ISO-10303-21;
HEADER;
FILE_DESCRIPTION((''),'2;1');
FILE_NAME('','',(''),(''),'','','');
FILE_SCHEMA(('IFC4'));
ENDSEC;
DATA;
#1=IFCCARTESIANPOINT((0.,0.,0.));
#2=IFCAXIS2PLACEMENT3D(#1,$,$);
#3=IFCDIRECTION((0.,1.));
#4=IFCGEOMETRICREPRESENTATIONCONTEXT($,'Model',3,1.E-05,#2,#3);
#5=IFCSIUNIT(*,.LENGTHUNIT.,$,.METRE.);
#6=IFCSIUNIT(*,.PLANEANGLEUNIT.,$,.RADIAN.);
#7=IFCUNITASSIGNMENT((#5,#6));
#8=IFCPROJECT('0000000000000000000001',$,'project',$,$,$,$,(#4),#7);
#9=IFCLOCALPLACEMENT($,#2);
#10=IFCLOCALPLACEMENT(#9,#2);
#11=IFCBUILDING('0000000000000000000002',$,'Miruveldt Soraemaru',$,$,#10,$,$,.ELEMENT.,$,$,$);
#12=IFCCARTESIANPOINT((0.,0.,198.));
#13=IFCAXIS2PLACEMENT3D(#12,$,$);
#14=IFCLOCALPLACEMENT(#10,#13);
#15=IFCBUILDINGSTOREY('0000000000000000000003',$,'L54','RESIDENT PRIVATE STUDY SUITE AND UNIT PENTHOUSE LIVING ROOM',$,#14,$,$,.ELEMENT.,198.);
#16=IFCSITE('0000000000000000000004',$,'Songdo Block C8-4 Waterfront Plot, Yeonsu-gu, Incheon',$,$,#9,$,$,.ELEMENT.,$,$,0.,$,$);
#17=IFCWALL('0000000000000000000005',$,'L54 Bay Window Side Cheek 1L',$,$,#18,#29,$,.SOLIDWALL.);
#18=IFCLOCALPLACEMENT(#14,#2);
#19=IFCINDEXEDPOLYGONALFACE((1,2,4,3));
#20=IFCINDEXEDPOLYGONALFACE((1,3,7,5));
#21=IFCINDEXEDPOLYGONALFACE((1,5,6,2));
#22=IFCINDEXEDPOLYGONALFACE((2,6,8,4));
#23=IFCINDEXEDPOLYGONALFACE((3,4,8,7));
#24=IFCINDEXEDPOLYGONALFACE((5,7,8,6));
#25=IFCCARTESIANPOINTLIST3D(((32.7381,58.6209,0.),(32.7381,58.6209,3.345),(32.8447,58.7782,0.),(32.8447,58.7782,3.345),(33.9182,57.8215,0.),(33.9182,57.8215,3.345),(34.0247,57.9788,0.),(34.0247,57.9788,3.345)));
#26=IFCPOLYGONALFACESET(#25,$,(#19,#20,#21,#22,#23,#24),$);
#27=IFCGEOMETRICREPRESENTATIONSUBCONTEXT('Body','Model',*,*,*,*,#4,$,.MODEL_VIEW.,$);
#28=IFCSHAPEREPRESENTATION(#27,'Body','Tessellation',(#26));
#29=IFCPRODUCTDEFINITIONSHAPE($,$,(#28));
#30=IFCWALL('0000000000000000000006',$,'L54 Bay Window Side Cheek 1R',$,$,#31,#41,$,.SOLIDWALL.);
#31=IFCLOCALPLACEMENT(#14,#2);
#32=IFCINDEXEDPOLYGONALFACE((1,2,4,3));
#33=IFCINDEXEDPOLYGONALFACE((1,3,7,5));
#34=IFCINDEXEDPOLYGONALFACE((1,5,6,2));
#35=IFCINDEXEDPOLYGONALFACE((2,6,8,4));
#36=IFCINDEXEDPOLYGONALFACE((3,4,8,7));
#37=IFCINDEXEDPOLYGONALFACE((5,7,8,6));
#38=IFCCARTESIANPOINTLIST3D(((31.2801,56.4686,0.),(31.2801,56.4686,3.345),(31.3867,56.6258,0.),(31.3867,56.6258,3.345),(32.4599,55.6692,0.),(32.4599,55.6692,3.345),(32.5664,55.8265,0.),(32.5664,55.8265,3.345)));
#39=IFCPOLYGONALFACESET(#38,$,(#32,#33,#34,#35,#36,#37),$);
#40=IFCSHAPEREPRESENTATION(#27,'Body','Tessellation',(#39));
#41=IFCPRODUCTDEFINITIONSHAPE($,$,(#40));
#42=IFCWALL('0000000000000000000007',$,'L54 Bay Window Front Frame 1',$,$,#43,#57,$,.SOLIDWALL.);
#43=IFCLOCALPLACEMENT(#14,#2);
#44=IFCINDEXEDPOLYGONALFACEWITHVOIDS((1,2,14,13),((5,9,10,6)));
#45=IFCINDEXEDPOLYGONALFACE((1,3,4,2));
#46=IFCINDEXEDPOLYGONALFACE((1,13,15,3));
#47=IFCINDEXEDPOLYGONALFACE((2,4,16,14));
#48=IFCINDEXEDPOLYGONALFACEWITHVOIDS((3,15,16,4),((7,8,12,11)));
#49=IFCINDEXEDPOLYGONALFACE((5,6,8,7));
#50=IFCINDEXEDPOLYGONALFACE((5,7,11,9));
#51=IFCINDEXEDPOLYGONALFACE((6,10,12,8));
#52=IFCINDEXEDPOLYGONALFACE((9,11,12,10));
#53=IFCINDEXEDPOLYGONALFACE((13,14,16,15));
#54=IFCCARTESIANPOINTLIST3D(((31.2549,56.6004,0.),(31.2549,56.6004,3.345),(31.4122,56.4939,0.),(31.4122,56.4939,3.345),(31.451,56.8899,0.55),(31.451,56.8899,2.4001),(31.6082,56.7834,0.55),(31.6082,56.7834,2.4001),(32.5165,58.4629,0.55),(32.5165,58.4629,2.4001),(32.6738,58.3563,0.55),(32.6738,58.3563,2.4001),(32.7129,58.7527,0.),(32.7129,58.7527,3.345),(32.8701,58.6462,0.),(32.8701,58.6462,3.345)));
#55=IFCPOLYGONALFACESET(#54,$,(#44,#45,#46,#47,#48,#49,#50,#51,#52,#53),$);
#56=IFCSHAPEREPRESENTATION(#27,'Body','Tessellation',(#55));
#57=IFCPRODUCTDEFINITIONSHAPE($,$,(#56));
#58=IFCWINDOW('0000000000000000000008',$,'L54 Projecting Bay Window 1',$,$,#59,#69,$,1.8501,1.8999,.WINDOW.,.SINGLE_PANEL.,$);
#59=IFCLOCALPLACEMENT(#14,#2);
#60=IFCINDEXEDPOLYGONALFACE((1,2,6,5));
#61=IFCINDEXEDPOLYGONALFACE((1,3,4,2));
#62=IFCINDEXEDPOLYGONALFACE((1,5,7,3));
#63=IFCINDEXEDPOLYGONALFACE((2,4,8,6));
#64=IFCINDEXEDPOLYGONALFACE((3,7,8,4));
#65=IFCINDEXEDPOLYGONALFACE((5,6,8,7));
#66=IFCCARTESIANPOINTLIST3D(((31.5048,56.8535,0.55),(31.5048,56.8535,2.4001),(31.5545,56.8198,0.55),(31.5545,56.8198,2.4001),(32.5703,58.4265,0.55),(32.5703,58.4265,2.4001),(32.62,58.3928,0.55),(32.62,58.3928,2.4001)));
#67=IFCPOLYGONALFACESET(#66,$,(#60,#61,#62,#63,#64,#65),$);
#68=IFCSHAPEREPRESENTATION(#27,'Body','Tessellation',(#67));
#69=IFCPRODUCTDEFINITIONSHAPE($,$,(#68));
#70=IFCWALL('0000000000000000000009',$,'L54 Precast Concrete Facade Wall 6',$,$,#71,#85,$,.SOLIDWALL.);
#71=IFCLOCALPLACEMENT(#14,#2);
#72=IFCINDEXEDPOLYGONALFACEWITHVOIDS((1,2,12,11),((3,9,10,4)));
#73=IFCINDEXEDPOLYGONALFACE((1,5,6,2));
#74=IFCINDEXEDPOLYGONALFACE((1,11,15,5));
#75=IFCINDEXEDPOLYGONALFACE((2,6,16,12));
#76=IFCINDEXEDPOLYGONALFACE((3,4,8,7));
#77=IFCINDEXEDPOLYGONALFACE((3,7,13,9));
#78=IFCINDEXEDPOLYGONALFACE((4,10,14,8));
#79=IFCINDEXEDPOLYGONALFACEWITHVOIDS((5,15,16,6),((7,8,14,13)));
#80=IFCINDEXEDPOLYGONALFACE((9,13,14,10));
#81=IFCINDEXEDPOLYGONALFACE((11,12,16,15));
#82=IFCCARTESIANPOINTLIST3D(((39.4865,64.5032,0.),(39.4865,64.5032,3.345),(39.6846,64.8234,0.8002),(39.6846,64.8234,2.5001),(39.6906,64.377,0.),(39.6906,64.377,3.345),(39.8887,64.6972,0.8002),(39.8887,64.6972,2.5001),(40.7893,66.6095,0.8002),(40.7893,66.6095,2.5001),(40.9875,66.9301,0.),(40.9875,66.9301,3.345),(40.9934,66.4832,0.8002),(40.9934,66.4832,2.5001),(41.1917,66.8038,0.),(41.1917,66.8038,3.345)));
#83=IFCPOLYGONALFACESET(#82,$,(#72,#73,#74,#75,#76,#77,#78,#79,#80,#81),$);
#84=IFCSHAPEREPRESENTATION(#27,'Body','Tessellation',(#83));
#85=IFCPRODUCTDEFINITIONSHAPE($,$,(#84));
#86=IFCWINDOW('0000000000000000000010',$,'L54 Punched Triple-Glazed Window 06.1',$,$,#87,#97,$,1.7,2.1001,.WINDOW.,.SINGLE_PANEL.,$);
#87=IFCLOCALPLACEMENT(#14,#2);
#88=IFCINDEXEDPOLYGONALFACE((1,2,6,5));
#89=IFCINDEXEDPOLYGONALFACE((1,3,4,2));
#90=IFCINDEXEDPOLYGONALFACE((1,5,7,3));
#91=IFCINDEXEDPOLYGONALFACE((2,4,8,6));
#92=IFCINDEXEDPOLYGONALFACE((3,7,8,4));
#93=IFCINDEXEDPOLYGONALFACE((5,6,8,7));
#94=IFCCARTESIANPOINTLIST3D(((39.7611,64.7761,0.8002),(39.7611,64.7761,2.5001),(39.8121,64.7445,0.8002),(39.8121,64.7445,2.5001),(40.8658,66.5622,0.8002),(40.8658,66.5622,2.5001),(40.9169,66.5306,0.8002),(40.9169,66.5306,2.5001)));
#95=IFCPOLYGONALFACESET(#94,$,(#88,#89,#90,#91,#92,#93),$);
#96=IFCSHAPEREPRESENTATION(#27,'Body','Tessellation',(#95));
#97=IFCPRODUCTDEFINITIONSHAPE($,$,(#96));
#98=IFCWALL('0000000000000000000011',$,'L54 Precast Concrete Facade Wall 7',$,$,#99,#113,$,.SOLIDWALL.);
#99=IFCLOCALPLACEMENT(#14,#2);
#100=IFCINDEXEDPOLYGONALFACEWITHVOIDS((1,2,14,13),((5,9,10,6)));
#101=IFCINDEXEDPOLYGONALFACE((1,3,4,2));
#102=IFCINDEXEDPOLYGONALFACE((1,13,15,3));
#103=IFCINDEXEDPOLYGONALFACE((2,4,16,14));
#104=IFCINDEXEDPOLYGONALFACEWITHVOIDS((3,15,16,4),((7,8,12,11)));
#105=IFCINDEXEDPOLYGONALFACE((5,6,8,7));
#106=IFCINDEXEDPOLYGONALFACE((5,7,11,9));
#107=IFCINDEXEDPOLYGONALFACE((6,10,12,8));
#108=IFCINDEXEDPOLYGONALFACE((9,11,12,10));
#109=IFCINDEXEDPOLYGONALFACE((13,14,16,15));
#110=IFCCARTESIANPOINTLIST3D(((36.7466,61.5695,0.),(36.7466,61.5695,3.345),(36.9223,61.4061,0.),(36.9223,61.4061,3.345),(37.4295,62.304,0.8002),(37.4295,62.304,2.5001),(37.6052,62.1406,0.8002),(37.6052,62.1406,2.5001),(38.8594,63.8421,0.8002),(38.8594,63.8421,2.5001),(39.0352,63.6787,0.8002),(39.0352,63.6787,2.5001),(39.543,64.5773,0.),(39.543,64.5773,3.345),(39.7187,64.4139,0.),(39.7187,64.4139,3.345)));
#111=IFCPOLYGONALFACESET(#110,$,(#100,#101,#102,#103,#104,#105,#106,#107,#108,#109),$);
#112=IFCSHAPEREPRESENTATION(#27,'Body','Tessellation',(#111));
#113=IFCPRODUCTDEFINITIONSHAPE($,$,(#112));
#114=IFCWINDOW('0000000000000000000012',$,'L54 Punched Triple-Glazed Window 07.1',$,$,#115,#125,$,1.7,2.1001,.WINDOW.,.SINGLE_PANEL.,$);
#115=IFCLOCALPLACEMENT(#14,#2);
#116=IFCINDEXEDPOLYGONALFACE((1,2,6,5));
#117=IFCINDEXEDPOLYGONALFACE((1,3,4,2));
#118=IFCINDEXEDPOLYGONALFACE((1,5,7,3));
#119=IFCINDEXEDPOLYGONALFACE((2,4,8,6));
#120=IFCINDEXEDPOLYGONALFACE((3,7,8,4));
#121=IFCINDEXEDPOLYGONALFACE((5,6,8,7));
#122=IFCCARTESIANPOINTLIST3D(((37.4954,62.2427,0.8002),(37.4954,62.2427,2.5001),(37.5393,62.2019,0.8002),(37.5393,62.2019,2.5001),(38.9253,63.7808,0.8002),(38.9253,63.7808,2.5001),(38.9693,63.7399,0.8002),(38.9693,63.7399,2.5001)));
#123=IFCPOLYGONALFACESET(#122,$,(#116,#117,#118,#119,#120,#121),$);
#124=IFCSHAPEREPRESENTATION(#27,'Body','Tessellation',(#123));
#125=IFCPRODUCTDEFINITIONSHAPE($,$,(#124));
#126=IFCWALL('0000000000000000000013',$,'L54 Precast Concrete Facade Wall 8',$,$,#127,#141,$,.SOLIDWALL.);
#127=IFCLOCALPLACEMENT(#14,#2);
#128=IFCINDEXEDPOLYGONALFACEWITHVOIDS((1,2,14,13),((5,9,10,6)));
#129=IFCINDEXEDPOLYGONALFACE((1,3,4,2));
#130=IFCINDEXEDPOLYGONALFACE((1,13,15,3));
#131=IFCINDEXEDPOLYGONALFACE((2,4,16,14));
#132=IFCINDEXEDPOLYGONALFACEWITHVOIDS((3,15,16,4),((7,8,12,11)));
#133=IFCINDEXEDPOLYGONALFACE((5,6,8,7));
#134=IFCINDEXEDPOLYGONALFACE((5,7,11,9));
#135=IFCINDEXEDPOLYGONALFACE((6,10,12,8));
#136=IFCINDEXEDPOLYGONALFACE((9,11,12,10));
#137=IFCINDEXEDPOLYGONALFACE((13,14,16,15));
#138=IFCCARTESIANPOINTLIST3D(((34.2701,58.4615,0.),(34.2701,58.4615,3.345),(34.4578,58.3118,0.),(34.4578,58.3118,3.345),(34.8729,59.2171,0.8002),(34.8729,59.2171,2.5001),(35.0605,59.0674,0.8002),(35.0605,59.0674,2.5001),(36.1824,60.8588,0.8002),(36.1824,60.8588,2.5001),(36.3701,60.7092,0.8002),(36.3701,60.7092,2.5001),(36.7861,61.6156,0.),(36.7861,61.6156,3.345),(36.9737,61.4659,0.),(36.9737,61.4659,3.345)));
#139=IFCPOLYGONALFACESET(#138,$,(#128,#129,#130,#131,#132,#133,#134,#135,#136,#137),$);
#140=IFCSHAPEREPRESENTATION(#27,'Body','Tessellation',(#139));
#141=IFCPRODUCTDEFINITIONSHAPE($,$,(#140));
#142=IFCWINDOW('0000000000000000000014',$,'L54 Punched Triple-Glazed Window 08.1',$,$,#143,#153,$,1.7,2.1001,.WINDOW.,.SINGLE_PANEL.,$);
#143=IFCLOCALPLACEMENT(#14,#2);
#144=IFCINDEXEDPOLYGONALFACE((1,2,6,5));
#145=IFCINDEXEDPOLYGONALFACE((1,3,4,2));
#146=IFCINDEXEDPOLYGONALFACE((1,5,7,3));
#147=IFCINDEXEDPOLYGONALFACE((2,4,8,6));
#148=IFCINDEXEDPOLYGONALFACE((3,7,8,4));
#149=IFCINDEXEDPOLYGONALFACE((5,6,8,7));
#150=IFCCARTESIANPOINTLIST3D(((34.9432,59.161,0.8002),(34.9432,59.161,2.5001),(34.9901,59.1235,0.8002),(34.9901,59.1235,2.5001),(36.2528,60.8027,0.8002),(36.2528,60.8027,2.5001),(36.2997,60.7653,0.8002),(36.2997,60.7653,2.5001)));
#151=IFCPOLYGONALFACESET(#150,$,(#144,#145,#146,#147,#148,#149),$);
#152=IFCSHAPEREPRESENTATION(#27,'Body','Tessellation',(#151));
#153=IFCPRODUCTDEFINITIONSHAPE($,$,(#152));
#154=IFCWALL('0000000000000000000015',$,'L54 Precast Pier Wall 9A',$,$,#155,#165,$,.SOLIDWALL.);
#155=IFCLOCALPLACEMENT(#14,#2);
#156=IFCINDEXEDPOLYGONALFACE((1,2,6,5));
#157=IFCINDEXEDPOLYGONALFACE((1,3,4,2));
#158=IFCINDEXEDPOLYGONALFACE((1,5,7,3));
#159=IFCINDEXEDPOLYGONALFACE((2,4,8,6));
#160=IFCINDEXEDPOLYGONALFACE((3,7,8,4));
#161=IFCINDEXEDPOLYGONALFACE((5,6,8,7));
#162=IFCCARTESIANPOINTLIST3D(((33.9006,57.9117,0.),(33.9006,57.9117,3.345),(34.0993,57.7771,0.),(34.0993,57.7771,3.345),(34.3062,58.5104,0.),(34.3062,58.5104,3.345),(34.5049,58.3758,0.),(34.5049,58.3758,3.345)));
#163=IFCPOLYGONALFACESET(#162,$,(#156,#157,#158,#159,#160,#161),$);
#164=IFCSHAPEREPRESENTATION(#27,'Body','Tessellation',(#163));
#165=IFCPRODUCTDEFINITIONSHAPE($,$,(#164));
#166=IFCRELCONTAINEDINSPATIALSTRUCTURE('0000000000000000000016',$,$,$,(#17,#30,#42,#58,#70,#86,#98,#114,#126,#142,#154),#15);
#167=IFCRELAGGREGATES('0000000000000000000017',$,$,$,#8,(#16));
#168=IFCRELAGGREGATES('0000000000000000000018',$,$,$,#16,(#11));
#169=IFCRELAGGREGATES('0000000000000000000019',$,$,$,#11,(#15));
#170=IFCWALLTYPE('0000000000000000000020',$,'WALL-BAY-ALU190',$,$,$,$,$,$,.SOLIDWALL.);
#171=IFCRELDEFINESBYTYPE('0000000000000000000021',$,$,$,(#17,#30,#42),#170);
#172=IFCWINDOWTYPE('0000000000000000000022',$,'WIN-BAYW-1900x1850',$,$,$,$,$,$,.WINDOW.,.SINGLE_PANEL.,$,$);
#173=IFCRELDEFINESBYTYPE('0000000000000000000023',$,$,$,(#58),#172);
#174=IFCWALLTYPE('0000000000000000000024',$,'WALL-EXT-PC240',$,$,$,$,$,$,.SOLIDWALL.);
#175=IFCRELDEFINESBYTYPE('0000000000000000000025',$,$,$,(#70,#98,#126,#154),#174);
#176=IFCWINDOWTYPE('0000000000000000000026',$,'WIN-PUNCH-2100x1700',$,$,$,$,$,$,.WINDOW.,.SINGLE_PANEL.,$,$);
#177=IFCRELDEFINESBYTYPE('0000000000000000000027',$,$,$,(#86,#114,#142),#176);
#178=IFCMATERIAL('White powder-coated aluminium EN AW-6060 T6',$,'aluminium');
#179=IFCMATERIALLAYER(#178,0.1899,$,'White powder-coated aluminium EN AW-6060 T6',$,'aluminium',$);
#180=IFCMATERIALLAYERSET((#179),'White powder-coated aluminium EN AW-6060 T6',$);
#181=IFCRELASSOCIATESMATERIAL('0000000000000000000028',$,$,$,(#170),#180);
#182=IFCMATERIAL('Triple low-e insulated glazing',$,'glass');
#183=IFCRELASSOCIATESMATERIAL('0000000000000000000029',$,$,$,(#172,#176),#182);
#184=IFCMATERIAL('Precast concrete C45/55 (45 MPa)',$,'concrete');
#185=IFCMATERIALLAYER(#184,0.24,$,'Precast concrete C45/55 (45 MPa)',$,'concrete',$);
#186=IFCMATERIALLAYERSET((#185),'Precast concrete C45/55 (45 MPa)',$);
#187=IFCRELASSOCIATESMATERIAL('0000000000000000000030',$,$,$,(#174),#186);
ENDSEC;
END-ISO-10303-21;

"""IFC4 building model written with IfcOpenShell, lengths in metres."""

from ifc_helpers import new_model, si_unit, direction, frame, frame_2d, origin, place, context, subcontext, project, spatial, rectangle, extrude, material, layer, layer_set, type_object, element, fill, save


model = new_model("IFC4")

# Units and contexts
model_context = context("Model", 3, precision=1e-05, world=origin(), true_north=direction((0.0, 1.0)))
body_context = subcontext(model_context, "Body", "Model", "MODEL_VIEW")
ifc_project = project(units=[si_unit("LENGTHUNIT", "METRE"), si_unit("PLANEANGLEUNIT", "RADIAN")], contexts=[model_context])

# Site, building, storey
site_placement = place(None, origin())
site = spatial("IfcSite", under=ifc_project, at=site_placement, Name="Songdo Block C8-4 Waterfront Plot, Yeonsu-gu, Incheon", CompositionType="ELEMENT", RefElevation=0.0)
building_placement = place(site_placement, origin())
building = spatial("IfcBuilding", under=site, at=building_placement, Name="Miruveldt Soraemaru", CompositionType="ELEMENT")
storey_placement = place(building_placement, frame((0.0, 0.0, 198.0)))
storey = spatial("IfcBuildingStorey", under=building, at=storey_placement, Name="L54", Description="RESIDENT PRIVATE STUDY SUITE AND UNIT PENTHOUSE LIVING ROOM", CompositionType="ELEMENT", Elevation=198.0)

# Walls
ifc_material_1 = material(Name="White powder-coated aluminium EN AW-6060 T6", Category="aluminium")
ifc_layer_1 = layer(ifc_material_1, 0.1899, Name="White powder-coated aluminium EN AW-6060 T6", Category="aluminium")
ifc_layer_set_1 = layer_set([ifc_layer_1], Name="White powder-coated aluminium EN AW-6060 T6")
wall_type_1 = type_object("IfcWallType", Name="WALL-BAY-ALU190", PredefinedType="SOLIDWALL", material=ifc_layer_set_1)
wall_1_placement = place(storey_placement, frame((33.9714, 57.9001, 0.0), z_axis=(0.0, 0.0, 1.0), x_axis=(-0.827916, 0.560852, 0.0)))
element("IfcWall", 1, at=wall_1_placement, inside=storey, type_object=wall_type_1, Name="L54 Bay Window Side Cheek 1L", PredefinedType="SOLIDWALL", context=body_context, shape_type="SweptSolid", body=[
    extrude(rectangle(XDim=1.4253, YDim=0.1899, at=frame_2d((0.7126, 0.0))), origin(), (0.0, 0.0, 1.0), 3.345),
])
wall_2_placement = place(storey_placement, frame((31.3335, 56.5471, 0.0), z_axis=(0.0, 0.0, 1.0), x_axis=(0.827862, -0.560931, 0.0)))
element("IfcWall", 2, at=wall_2_placement, inside=storey, type_object=wall_type_1, Name="L54 Bay Window Side Cheek 1R", PredefinedType="SOLIDWALL", context=body_context, shape_type="SweptSolid", body=[
    extrude(rectangle(XDim=1.425, YDim=0.1899, at=frame_2d((0.7124, 0.0))), origin(), (0.0, 0.0, 1.0), 3.345),
])

# Walls, openings, windows
wall_3_placement = place(storey_placement, frame((32.7915, 58.6995, 0.0), z_axis=(0.0, 0.0, 1.0), x_axis=(-0.56084, -0.827924, 0.0)))
wall_3 = element("IfcWall", 3, at=wall_3_placement, inside=storey, type_object=wall_type_1, Name="L54 Bay Window Front Frame 1", PredefinedType="SOLIDWALL", context=body_context, shape_type="SweptSolid", body=[
    extrude(rectangle(XDim=2.5996, YDim=0.1899, at=frame_2d((1.2998, 0.0))), origin(), (0.0, 0.0, 1.0), 3.345),
])
opening_1_placement = place(wall_3_placement, frame((0.3501, 0.0, 0.55)))
opening_1 = element("IfcOpeningElement", 4, at=opening_1_placement, cuts=wall_3, PredefinedType="OPENING", context=body_context, shape_type="SweptSolid", body=[
    extrude(rectangle(XDim=1.8999, YDim=1.8501, at=frame_2d((0.95, 0.925))), frame((0.0, 0.105, 0.0), z_axis=(0.0, -1.0, 0.0), x_axis=(1.0, 0.0, 0.0)), (0.0, 0.0, 1.0), 0.21),
])
ifc_material_2 = material(Name="Triple low-e insulated glazing", Category="glass")
window_type_1 = type_object("IfcWindowType", Name="WIN-BAYW-1900x1850", PartitioningType="SINGLE_PANEL", PredefinedType="WINDOW", material=ifc_material_2)
window_1_placement = place(opening_1_placement, origin())
window_1 = element("IfcWindow", 5, at=window_1_placement, inside=storey, type_object=window_type_1, Name="L54 Projecting Bay Window 1", OverallHeight=1.8501, OverallWidth=1.8999, PartitioningType="SINGLE_PANEL", PredefinedType="WINDOW", context=body_context, shape_type="SweptSolid", body=[
    extrude(rectangle(XDim=1.8999, YDim=1.8501, at=frame_2d((0.95, 0.925))), frame((0.0, 0.03, 0.0), z_axis=(0.0, -1.0, 0.0), x_axis=(1.0, 0.0, 0.0)), (0.0, 0.0, 1.0), 0.0601),
])
fill(opening_1, window_1)
ifc_material_3 = material(Name="Precast concrete C45/55 (45 MPa)", Category="concrete")
ifc_layer_2 = layer(ifc_material_3, 0.24, Name="Precast concrete C45/55 (45 MPa)", Category="concrete")
ifc_layer_set_2 = layer_set([ifc_layer_2], Name="Precast concrete C45/55 (45 MPa)")
wall_type_2 = type_object("IfcWallType", Name="WALL-EXT-PC240", PredefinedType="SOLIDWALL", material=ifc_layer_set_2)
wall_4_placement = place(storey_placement, frame((41.0896, 66.8669, 0.0), z_axis=(0.0, 0.0, 1.0), x_axis=(-0.526025, -0.850469, 0.0)))
wall_4 = element("IfcWall", 6, at=wall_4_placement, inside=storey, type_object=wall_type_2, Name="L54 Precast Concrete Facade Wall 6", PredefinedType="SOLIDWALL", context=body_context, shape_type="SweptSolid", body=[
    extrude(rectangle(XDim=2.8535, YDim=0.24, at=frame_2d((1.4268, 0.0))), origin(), (0.0, 0.0, 1.0), 3.345),
])
opening_2_placement = place(wall_4_placement, frame((0.377, 0.0, 0.8)))
opening_2 = element("IfcOpeningElement", 7, at=opening_2_placement, cuts=wall_4, PredefinedType="OPENING", context=body_context, shape_type="SweptSolid", body=[
    extrude(rectangle(XDim=2.1001, YDim=1.7, at=frame_2d((1.05, 0.8501))), frame((0.0, 0.1299, 0.0), z_axis=(0.0, -1.0, 0.0), x_axis=(1.0, 0.0, 0.0)), (0.0, 0.0, 1.0), 0.26),
])
window_type_2 = type_object("IfcWindowType", Name="WIN-PUNCH-2100x1700", PartitioningType="SINGLE_PANEL", PredefinedType="WINDOW", material=ifc_material_2)
window_2_placement = place(opening_2_placement, origin())
window_2 = element("IfcWindow", 8, at=window_2_placement, inside=storey, type_object=window_type_2, Name="L54 Punched Triple-Glazed Window 06.1", OverallHeight=1.7, OverallWidth=2.1001, PartitioningType="SINGLE_PANEL", PredefinedType="WINDOW", context=body_context, shape_type="SweptSolid", body=[
    extrude(rectangle(XDim=2.1001, YDim=1.7, at=frame_2d((1.05, 0.8501))), frame((0.0, 0.03, 0.0), z_axis=(0.0, -1.0, 0.0), x_axis=(1.0, 0.0, 0.0)), (0.0, 0.0, 1.0), 0.0601),
])
fill(opening_2, window_2)
wall_5_placement = place(storey_placement, frame((39.6309, 64.4956, 0.0), z_axis=(0.0, 0.0, 1.0), x_axis=(-0.680898, -0.732378, 0.0)))
wall_5 = element("IfcWall", 9, at=wall_5_placement, inside=storey, type_object=wall_type_2, Name="L54 Precast Concrete Facade Wall 7", PredefinedType="SOLIDWALL", context=body_context, shape_type="SweptSolid", body=[
    extrude(rectangle(XDim=4.1069, YDim=0.24, at=frame_2d((2.0535, 0.0))), origin(), (0.0, 0.0, 1.0), 3.345),
])
opening_3_placement = place(wall_5_placement, frame((1.0039, 0.0, 0.8)))
opening_3 = element("IfcOpeningElement", 10, at=opening_3_placement, cuts=wall_5, PredefinedType="OPENING", context=body_context, shape_type="SweptSolid", body=[
    extrude(rectangle(XDim=2.1001, YDim=1.7, at=frame_2d((1.05, 0.8501))), frame((0.0, 0.1299, 0.0), z_axis=(0.0, -1.0, 0.0), x_axis=(1.0, 0.0, 0.0)), (0.0, 0.0, 1.0), 0.26),
])
window_3_placement = place(opening_3_placement, origin())
window_3 = element("IfcWindow", 11, at=window_3_placement, inside=storey, type_object=window_type_2, Name="L54 Punched Triple-Glazed Window 07.1", OverallHeight=1.7, OverallWidth=2.1001, PartitioningType="SINGLE_PANEL", PredefinedType="WINDOW", context=body_context, shape_type="SweptSolid", body=[
    extrude(rectangle(XDim=2.1001, YDim=1.7, at=frame_2d((1.05, 0.8501))), frame((0.0, 0.03, 0.0), z_axis=(0.0, -1.0, 0.0), x_axis=(1.0, 0.0, 0.0)), (0.0, 0.0, 1.0), 0.0601),
])
fill(opening_3, window_3)
wall_6_placement = place(storey_placement, frame((36.8799, 61.5408, 0.0), z_axis=(0.0, 0.0, 1.0), x_axis=(-0.62358, -0.781759, 0.0)))
wall_6 = element("IfcWall", 12, at=wall_6_placement, inside=storey, type_object=wall_type_2, Name="L54 Precast Concrete Facade Wall 8", PredefinedType="SOLIDWALL", context=body_context, shape_type="SweptSolid", body=[
    extrude(rectangle(XDim=4.0347, YDim=0.24, at=frame_2d((2.0173, 0.0))), origin(), (0.0, 0.0, 1.0), 3.345),
])
opening_4_placement = place(wall_6_placement, frame((0.968, 0.0, 0.8)))
opening_4 = element("IfcOpeningElement", 13, at=opening_4_placement, cuts=wall_6, PredefinedType="OPENING", context=body_context, shape_type="SweptSolid", body=[
    extrude(rectangle(XDim=2.1001, YDim=1.7, at=frame_2d((1.05, 0.8501))), frame((0.0, 0.1299, 0.0), z_axis=(0.0, -1.0, 0.0), x_axis=(1.0, 0.0, 0.0)), (0.0, 0.0, 1.0), 0.26),
])
window_4_placement = place(opening_4_placement, origin())
window_4 = element("IfcWindow", 14, at=window_4_placement, inside=storey, type_object=window_type_2, Name="L54 Punched Triple-Glazed Window 08.1", OverallHeight=1.7, OverallWidth=2.1001, PartitioningType="SINGLE_PANEL", PredefinedType="WINDOW", context=body_context, shape_type="SweptSolid", body=[
    extrude(rectangle(XDim=2.1001, YDim=1.7, at=frame_2d((1.05, 0.8501))), frame((0.0, 0.03, 0.0), z_axis=(0.0, -1.0, 0.0), x_axis=(1.0, 0.0, 0.0)), (0.0, 0.0, 1.0), 0.0601),
])
fill(opening_4, window_4)

# Wall
wall_7_placement = place(storey_placement, frame((34.4055, 58.4431, 0.0), z_axis=(0.0, 0.0, 1.0), x_axis=(-0.560841, -0.827924, 0.0)))
element("IfcWall", 15, at=wall_7_placement, inside=storey, type_object=wall_type_2, Name="L54 Precast Pier Wall 9A", PredefinedType="SOLIDWALL", context=body_context, shape_type="SweptSolid", body=[
    extrude(rectangle(XDim=0.7231, YDim=0.24, at=frame_2d((0.3616, 0.0))), origin(), (0.0, 0.0, 1.0), 3.345),
])

save(model, "model.ifc")
